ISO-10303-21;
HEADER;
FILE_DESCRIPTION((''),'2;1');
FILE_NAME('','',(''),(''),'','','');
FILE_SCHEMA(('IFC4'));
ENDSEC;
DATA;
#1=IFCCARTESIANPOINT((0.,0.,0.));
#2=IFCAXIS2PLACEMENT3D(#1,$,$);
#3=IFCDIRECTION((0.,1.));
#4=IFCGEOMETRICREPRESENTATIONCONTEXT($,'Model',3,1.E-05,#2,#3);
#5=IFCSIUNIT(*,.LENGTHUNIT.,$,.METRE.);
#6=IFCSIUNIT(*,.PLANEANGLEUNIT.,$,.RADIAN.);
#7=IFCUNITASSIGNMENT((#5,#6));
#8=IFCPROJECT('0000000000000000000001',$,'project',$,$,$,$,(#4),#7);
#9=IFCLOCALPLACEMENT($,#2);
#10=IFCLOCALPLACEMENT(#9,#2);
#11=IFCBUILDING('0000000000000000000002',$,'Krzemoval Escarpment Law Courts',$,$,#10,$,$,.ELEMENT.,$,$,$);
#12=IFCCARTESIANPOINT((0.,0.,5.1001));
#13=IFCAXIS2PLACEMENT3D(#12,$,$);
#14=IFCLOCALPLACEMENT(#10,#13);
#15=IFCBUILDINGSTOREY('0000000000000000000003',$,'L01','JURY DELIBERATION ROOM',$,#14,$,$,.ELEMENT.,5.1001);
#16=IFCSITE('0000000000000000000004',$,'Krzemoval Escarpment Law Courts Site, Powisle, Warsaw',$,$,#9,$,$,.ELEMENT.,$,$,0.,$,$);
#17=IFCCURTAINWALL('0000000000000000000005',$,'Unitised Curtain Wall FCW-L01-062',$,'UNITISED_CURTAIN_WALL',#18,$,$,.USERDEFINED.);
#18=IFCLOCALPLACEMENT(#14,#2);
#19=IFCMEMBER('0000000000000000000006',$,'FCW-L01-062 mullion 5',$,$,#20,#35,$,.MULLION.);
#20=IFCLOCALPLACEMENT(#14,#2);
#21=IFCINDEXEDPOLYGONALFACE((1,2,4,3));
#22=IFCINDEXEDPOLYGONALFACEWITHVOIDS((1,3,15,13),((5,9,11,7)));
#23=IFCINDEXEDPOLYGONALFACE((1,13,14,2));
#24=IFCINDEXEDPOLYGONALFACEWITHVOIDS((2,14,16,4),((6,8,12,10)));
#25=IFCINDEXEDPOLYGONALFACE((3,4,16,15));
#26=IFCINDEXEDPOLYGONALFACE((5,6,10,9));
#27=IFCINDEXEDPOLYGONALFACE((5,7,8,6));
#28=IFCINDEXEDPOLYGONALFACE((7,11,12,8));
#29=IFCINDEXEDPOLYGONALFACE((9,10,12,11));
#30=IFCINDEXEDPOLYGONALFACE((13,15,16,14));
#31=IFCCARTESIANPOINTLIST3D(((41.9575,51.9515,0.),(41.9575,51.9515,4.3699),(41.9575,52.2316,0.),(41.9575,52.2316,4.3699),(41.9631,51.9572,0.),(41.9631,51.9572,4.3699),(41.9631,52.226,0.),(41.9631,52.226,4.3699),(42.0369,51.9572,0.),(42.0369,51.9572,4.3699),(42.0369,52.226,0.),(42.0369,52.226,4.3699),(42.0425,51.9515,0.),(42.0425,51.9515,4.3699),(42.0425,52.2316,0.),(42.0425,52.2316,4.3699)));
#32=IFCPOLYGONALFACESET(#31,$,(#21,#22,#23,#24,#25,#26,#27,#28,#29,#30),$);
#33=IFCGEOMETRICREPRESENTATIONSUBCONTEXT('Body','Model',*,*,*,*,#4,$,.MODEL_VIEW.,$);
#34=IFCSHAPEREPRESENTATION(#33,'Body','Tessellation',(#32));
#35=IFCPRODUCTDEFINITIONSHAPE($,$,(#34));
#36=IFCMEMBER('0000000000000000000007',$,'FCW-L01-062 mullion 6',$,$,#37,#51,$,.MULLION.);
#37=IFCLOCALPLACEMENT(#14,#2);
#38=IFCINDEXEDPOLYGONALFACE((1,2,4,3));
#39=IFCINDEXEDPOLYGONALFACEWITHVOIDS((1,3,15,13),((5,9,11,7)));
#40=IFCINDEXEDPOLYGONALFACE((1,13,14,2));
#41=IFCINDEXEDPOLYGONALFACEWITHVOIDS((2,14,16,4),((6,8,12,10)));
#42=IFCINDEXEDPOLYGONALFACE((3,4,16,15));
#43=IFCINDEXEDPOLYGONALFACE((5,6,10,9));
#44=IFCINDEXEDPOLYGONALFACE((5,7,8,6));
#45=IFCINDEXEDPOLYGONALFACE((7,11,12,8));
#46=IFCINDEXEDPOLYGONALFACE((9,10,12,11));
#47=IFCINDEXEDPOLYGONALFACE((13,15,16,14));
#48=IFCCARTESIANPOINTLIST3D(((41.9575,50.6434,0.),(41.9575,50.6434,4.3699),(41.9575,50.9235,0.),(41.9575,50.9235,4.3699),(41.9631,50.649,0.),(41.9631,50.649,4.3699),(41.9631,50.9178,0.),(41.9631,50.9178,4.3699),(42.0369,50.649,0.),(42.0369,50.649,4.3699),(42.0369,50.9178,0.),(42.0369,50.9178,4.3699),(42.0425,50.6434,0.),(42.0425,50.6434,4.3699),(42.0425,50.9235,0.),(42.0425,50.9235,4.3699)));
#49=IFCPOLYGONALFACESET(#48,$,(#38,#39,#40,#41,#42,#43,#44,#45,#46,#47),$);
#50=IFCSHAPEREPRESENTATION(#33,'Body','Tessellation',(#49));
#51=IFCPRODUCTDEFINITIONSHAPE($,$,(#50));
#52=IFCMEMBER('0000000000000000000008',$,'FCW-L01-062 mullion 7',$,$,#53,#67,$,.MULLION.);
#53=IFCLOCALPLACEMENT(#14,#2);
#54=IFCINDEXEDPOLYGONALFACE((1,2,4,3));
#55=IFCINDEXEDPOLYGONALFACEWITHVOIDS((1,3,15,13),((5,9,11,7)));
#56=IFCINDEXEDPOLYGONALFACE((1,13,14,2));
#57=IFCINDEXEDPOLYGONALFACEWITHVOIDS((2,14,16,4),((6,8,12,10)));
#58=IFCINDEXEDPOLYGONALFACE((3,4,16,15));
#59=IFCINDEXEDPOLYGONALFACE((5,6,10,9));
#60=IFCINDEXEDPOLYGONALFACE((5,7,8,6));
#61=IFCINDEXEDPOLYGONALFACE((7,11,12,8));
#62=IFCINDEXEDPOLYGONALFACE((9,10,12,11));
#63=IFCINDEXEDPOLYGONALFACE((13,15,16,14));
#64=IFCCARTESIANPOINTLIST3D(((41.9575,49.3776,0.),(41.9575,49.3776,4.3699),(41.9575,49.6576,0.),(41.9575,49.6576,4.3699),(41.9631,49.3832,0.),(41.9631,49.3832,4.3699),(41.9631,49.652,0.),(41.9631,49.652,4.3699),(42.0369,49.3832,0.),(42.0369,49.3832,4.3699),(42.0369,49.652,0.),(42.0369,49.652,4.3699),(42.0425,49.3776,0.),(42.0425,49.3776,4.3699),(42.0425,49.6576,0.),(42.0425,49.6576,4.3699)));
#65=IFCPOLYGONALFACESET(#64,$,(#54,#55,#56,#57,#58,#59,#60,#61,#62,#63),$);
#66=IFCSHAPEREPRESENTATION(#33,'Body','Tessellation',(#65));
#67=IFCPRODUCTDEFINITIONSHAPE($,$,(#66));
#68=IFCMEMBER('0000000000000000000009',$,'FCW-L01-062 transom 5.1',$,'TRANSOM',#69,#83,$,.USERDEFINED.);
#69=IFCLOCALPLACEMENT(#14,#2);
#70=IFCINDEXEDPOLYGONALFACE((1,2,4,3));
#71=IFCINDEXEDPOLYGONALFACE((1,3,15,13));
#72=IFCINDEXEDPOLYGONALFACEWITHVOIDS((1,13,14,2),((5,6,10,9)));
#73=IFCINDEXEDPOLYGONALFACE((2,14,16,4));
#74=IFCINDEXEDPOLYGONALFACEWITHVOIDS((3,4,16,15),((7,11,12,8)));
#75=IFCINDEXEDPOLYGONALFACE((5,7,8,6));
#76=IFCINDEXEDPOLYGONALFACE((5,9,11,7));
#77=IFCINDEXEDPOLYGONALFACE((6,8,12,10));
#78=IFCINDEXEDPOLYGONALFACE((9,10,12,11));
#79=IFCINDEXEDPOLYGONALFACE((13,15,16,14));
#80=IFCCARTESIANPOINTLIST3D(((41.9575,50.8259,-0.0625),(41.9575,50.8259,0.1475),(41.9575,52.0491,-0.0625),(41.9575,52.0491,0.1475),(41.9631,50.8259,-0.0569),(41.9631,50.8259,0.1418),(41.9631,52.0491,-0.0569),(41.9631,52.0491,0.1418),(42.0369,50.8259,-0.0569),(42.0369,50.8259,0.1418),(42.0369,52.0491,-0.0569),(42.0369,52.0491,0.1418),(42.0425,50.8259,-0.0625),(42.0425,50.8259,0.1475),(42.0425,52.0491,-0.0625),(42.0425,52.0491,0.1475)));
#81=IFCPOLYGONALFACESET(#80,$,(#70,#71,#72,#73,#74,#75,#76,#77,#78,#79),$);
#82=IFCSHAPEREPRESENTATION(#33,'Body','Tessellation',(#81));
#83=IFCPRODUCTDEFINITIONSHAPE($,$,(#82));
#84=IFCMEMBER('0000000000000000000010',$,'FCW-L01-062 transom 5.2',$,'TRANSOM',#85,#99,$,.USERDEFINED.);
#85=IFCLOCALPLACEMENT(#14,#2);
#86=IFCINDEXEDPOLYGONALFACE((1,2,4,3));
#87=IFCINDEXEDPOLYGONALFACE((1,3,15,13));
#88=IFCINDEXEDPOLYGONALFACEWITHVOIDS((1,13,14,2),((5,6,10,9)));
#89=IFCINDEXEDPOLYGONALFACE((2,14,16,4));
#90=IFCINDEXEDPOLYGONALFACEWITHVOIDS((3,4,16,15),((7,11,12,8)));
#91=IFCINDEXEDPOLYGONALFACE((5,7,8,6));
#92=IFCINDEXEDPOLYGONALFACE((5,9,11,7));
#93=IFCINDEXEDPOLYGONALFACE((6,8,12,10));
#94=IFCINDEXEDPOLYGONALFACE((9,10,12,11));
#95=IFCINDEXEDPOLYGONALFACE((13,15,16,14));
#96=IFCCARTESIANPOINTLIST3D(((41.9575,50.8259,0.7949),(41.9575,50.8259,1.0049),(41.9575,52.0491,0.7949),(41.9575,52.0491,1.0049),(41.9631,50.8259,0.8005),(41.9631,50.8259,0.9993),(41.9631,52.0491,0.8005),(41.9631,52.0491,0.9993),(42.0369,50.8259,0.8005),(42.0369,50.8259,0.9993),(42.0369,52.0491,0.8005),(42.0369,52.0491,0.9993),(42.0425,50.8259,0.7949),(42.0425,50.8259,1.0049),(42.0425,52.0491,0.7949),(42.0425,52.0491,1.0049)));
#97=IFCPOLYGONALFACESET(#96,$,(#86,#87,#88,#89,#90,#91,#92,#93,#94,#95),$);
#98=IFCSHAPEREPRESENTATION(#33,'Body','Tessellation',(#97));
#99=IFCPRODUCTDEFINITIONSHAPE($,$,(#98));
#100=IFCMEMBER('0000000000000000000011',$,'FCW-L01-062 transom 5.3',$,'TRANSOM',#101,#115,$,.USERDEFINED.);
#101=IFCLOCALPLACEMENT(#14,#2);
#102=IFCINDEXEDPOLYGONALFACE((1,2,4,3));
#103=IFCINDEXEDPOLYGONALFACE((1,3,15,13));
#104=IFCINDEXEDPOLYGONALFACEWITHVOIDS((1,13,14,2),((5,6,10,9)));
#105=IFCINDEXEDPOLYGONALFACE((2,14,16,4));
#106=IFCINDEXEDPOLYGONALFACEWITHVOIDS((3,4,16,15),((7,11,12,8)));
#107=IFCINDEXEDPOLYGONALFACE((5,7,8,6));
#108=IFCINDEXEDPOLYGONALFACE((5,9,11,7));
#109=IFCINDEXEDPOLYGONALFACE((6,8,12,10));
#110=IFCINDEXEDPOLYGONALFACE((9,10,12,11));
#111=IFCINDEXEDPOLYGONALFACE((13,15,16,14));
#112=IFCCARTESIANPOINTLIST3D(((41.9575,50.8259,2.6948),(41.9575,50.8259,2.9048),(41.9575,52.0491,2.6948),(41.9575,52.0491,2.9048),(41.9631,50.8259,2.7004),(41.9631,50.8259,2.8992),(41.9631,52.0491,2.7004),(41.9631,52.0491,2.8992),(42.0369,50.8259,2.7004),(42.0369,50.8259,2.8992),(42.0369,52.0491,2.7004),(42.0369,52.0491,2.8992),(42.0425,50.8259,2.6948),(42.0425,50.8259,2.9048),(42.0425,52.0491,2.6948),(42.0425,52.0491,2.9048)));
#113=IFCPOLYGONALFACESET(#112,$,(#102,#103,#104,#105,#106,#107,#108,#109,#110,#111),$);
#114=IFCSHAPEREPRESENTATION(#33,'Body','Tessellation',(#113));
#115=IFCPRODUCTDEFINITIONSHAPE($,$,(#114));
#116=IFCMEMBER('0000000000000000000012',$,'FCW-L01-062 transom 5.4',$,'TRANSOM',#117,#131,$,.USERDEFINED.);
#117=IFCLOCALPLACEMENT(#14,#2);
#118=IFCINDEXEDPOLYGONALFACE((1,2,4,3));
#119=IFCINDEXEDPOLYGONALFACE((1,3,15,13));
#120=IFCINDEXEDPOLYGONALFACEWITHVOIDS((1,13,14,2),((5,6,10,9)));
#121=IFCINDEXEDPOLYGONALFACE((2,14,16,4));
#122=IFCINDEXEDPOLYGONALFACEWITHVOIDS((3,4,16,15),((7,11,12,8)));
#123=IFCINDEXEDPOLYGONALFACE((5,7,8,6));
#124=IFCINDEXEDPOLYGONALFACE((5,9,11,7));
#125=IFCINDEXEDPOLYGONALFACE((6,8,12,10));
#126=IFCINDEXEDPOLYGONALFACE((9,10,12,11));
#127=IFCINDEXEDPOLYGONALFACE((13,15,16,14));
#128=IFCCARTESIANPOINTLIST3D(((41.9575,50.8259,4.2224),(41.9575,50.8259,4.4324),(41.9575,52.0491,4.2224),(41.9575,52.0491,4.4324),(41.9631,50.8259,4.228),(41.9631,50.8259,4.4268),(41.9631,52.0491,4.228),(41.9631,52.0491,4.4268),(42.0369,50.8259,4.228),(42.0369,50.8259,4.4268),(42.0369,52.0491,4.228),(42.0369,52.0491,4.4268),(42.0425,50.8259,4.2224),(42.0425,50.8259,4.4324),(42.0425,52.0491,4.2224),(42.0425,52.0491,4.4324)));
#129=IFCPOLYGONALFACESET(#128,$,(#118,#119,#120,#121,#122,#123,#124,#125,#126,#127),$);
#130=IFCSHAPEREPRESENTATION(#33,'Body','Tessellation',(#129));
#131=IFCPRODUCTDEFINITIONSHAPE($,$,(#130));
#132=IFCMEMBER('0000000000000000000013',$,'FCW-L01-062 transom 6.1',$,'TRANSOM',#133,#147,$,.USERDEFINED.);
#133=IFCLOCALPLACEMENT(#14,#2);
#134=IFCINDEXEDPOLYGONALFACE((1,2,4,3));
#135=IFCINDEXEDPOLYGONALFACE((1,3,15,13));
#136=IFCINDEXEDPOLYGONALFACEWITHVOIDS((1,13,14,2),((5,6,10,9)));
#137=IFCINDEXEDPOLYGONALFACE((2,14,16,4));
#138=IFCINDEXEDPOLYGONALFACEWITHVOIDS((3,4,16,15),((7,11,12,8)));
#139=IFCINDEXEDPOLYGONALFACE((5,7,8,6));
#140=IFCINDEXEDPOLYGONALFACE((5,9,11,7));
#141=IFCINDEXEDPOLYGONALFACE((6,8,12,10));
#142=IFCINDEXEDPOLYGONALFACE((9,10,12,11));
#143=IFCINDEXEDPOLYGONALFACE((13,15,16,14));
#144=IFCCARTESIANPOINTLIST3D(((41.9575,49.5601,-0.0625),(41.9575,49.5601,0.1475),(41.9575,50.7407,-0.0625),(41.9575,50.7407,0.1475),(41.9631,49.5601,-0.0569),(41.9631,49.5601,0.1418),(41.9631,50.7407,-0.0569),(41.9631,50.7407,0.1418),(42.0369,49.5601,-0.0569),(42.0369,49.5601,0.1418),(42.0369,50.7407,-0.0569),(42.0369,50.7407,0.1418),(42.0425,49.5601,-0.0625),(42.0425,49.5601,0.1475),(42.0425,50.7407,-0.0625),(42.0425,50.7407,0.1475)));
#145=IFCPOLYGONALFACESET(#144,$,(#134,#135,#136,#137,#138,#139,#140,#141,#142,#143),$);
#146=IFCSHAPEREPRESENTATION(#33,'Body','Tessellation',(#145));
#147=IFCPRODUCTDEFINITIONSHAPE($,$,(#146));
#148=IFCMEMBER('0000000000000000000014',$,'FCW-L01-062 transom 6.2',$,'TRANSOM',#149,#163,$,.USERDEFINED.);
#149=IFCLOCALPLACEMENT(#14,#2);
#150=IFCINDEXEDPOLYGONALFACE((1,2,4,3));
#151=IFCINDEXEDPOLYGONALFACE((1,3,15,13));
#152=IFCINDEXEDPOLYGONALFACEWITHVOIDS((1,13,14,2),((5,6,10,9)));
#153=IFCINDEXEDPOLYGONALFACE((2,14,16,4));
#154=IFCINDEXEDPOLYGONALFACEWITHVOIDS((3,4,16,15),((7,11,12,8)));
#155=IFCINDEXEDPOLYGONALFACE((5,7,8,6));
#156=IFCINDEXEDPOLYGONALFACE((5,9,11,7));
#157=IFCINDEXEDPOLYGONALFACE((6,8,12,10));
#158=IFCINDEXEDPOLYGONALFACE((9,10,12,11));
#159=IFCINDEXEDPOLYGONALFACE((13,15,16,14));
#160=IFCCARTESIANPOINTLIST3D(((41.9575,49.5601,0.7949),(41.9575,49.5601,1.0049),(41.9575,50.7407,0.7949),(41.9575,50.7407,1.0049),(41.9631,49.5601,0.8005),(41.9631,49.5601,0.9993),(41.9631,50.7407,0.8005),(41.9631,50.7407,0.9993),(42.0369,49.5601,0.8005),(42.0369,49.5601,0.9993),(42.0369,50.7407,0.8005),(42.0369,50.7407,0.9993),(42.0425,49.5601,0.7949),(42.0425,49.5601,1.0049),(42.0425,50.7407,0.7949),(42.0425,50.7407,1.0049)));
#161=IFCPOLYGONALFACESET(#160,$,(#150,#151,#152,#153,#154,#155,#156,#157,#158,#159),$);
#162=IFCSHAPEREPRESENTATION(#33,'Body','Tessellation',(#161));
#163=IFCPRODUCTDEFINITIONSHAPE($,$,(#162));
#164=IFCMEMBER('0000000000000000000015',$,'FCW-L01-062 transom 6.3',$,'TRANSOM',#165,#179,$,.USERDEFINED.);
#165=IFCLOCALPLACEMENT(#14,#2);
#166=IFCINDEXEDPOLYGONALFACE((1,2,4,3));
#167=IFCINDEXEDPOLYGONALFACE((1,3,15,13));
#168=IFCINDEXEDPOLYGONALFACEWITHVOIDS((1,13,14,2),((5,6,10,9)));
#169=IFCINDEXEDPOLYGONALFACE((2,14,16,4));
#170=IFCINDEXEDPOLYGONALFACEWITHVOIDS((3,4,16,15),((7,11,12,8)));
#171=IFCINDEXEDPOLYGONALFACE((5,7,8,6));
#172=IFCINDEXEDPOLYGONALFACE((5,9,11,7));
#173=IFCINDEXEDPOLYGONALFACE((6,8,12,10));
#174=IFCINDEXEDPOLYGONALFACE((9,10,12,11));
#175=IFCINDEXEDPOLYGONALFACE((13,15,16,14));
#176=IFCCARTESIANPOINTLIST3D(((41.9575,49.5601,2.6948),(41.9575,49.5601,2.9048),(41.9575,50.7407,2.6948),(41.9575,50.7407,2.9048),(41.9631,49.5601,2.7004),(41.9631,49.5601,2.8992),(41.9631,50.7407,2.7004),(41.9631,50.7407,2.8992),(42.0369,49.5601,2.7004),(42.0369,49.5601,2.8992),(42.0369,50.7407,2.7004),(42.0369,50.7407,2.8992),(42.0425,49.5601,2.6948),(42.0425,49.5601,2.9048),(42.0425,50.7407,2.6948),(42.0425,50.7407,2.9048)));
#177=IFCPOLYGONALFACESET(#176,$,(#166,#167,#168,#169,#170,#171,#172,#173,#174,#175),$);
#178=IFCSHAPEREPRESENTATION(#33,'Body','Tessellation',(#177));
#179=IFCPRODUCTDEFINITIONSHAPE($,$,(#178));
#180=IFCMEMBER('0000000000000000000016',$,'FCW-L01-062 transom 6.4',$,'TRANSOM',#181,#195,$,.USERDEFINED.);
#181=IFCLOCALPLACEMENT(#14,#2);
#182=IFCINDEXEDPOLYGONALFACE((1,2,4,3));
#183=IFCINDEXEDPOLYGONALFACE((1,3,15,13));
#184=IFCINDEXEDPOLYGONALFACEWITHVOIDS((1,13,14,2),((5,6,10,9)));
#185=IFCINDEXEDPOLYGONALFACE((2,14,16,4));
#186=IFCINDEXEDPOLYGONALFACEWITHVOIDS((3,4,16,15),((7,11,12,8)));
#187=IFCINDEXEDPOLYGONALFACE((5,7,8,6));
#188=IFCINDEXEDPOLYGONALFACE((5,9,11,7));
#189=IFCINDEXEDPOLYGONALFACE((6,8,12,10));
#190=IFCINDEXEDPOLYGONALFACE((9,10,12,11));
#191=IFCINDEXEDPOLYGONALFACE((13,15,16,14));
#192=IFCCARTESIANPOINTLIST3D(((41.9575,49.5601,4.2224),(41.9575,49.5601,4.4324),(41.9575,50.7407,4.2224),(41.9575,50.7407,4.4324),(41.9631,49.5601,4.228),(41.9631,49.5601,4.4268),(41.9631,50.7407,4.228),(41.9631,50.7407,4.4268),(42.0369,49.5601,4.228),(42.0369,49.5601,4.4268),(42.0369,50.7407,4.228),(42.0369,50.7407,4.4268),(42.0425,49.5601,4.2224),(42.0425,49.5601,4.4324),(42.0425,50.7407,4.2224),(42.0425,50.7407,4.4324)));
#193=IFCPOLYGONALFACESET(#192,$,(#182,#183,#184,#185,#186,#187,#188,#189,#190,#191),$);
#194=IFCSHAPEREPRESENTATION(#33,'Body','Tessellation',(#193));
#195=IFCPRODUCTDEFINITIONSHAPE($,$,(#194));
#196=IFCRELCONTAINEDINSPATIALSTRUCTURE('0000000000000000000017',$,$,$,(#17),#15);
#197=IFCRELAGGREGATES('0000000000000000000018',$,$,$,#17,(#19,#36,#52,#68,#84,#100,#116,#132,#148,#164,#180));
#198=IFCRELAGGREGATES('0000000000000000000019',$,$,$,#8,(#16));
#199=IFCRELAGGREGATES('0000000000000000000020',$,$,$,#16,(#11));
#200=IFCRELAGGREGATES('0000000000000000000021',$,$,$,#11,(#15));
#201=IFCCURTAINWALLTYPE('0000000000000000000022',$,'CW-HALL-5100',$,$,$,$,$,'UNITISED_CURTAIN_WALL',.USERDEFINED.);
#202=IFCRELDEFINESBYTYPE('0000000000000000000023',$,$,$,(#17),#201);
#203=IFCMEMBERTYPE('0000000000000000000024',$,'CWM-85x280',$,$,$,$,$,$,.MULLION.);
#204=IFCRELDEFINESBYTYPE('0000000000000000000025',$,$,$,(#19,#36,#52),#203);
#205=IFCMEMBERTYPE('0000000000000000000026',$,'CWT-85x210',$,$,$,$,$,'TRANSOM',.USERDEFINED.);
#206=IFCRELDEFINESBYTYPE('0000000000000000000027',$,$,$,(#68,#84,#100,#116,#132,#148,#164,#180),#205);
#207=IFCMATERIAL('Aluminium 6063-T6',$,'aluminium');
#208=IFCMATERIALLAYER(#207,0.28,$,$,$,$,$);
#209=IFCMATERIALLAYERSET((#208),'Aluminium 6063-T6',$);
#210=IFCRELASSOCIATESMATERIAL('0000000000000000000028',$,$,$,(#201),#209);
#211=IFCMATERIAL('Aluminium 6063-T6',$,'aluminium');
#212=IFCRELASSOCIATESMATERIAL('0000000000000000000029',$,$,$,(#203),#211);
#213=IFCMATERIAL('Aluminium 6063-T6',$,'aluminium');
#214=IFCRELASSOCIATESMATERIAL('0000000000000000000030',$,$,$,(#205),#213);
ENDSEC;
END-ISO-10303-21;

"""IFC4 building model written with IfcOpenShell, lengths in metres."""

from ifc_helpers import new_model, si_unit, direction, frame, origin, origin_2d, place, context, subcontext, project, spatial, hollow_rectangle, extrude, material, layer, layer_set, material_profile, profile_set, type_object, element, aggregate, save


model = new_model("IFC4")

# Units and contexts
model_context = context("Model", 3, precision=1e-05, world=origin(), true_north=direction((0.0, 1.0)))
body_context = subcontext(model_context, "Body", "Model", "MODEL_VIEW")
ifc_project = project(units=[si_unit("LENGTHUNIT", "METRE"), si_unit("PLANEANGLEUNIT", "RADIAN")], contexts=[model_context])

# Site, building, storey
site_placement = place(None, origin())
site = spatial("IfcSite", under=ifc_project, at=site_placement, Name="Krzemoval Escarpment Law Courts Site, Powisle, Warsaw", CompositionType="ELEMENT", RefElevation=0.0)
building_placement = place(site_placement, origin())
building = spatial("IfcBuilding", under=site, at=building_placement, Name="Krzemoval Escarpment Law Courts", CompositionType="ELEMENT")
storey_placement = place(building_placement, frame((0.0, 0.0, 5.1001)))
storey = spatial("IfcBuildingStorey", under=building, at=storey_placement, Name="L01", Description="JURY DELIBERATION ROOM", CompositionType="ELEMENT", Elevation=5.1001)

# Curtain wall, members
ifc_material_1 = material(Name="Aluminium 6063-T6", Category="aluminium")
ifc_layer_1 = layer(ifc_material_1, 0.28)
ifc_layer_set_1 = layer_set([ifc_layer_1], Name="Aluminium 6063-T6")
curtain_wall_type = type_object("IfcCurtainWallType", Name="CW-HALL-5100", ElementType="UNITISED_CURTAIN_WALL", PredefinedType="USERDEFINED", material=ifc_layer_set_1)
curtain_wall_placement = place(storey_placement, origin())
curtain_wall = element("IfcCurtainWall", 1, at=curtain_wall_placement, inside=storey, type_object=curtain_wall_type, Name="Unitised Curtain Wall FCW-L01-062", ObjectType="UNITISED_CURTAIN_WALL", PredefinedType="USERDEFINED")
ifc_material_2 = material(Name="Aluminium 6063-T6", Category="aluminium")
ifc_material_profile_1 = material_profile(ifc_material_2, hollow_rectangle(XDim=0.085, YDim=0.28, WallThickness=0.0056, at=origin_2d()), Name="ALU M85x280")
ifc_profile_set_1 = profile_set([ifc_material_profile_1], Name="Aluminium 6063-T6")
member_type_1 = type_object("IfcMemberType", Name="CWM-85x280", PredefinedType="MULLION", material=ifc_profile_set_1)
member_1_placement = place(storey_placement, frame((42.0, 52.0916, 0.0), z_axis=(0.0, 0.0, 1.0), x_axis=(1.0, 0.0, 0.0)))
member_1 = element("IfcMember", 2, at=member_1_placement, type_object=member_type_1, Name="FCW-L01-062 mullion 5", PredefinedType="MULLION", context=body_context, shape_type="SweptSolid", body=[
    extrude(hollow_rectangle(XDim=0.085, YDim=0.28, WallThickness=0.0056, at=origin_2d()), origin(), (0.0, 0.0, 1.0), 4.3699),
])
member_2_placement = place(storey_placement, frame((42.0, 50.7834, 0.0), z_axis=(0.0, 0.0, 1.0), x_axis=(1.0, 0.0, 0.0)))
member_2 = element("IfcMember", 3, at=member_2_placement, type_object=member_type_1, Name="FCW-L01-062 mullion 6", PredefinedType="MULLION", context=body_context, shape_type="SweptSolid", body=[
    extrude(hollow_rectangle(XDim=0.085, YDim=0.28, WallThickness=0.0056, at=origin_2d()), origin(), (0.0, 0.0, 1.0), 4.3699),
])
member_3_placement = place(storey_placement, frame((42.0, 49.5176, 0.0), z_axis=(0.0, 0.0, 1.0), x_axis=(1.0, 0.0, 0.0)))
member_3 = element("IfcMember", 4, at=member_3_placement, type_object=member_type_1, Name="FCW-L01-062 mullion 7", PredefinedType="MULLION", context=body_context, shape_type="SweptSolid", body=[
    extrude(hollow_rectangle(XDim=0.085, YDim=0.28, WallThickness=0.0056, at=origin_2d()), origin(), (0.0, 0.0, 1.0), 4.3699),
])
ifc_material_3 = material(Name="Aluminium 6063-T6", Category="aluminium")
ifc_material_profile_2 = material_profile(ifc_material_3, hollow_rectangle(XDim=0.085, YDim=0.21, WallThickness=0.0056, at=origin_2d()), Name="ALU T85x210")
ifc_profile_set_2 = profile_set([ifc_material_profile_2], Name="Aluminium 6063-T6")
member_type_2 = type_object("IfcMemberType", Name="CWT-85x210", ElementType="TRANSOM", PredefinedType="USERDEFINED", material=ifc_profile_set_2)
member_4_placement = place(storey_placement, frame((42.0, 52.0491, 0.0425), z_axis=(0.0, -1.0, 0.0), x_axis=(1.0, 0.0, 0.0)))
member_4 = element("IfcMember", 5, at=member_4_placement, type_object=member_type_2, Name="FCW-L01-062 transom 5.1", ObjectType="TRANSOM", PredefinedType="USERDEFINED", context=body_context, shape_type="SweptSolid", body=[
    extrude(hollow_rectangle(XDim=0.085, YDim=0.21, WallThickness=0.0056, at=origin_2d()), origin(), (0.0, 0.0, 1.0), 1.2231),
])
member_5_placement = place(storey_placement, frame((42.0, 52.0491, 0.8999), z_axis=(0.0, -1.0, 0.0), x_axis=(1.0, 0.0, 0.0)))
member_5 = element("IfcMember", 6, at=member_5_placement, type_object=member_type_2, Name="FCW-L01-062 transom 5.2", ObjectType="TRANSOM", PredefinedType="USERDEFINED", context=body_context, shape_type="SweptSolid", body=[
    extrude(hollow_rectangle(XDim=0.085, YDim=0.21, WallThickness=0.0056, at=origin_2d()), origin(), (0.0, 0.0, 1.0), 1.2231),
])
member_6_placement = place(storey_placement, frame((42.0, 52.0491, 2.7998), z_axis=(0.0, -1.0, 0.0), x_axis=(1.0, 0.0, 0.0)))
member_6 = element("IfcMember", 7, at=member_6_placement, type_object=member_type_2, Name="FCW-L01-062 transom 5.3", ObjectType="TRANSOM", PredefinedType="USERDEFINED", context=body_context, shape_type="SweptSolid", body=[
    extrude(hollow_rectangle(XDim=0.085, YDim=0.21, WallThickness=0.0056, at=origin_2d()), origin(), (0.0, 0.0, 1.0), 1.2231),
])
member_7_placement = place(storey_placement, frame((42.0, 52.0491, 4.3274), z_axis=(0.0, -1.0, 0.0), x_axis=(1.0, 0.0, 0.0)))
member_7 = element("IfcMember", 8, at=member_7_placement, type_object=member_type_2, Name="FCW-L01-062 transom 5.4", ObjectType="TRANSOM", PredefinedType="USERDEFINED", context=body_context, shape_type="SweptSolid", body=[
    extrude(hollow_rectangle(XDim=0.085, YDim=0.21, WallThickness=0.0056, at=origin_2d()), origin(), (0.0, 0.0, 1.0), 1.2231),
])
member_8_placement = place(storey_placement, frame((42.0, 50.7407, 0.0425), z_axis=(0.0, -1.0, 0.0), x_axis=(1.0, 0.0, 0.0)))
member_8 = element("IfcMember", 9, at=member_8_placement, type_object=member_type_2, Name="FCW-L01-062 transom 6.1", ObjectType="TRANSOM", PredefinedType="USERDEFINED", context=body_context, shape_type="SweptSolid", body=[
    extrude(hollow_rectangle(XDim=0.085, YDim=0.21, WallThickness=0.0056, at=origin_2d()), origin(), (0.0, 0.0, 1.0), 1.1807),
])
member_9_placement = place(storey_placement, frame((42.0, 50.7407, 0.8999), z_axis=(0.0, -1.0, 0.0), x_axis=(1.0, 0.0, 0.0)))
member_9 = element("IfcMember", 10, at=member_9_placement, type_object=member_type_2, Name="FCW-L01-062 transom 6.2", ObjectType="TRANSOM", PredefinedType="USERDEFINED", context=body_context, shape_type="SweptSolid", body=[
    extrude(hollow_rectangle(XDim=0.085, YDim=0.21, WallThickness=0.0056, at=origin_2d()), origin(), (0.0, 0.0, 1.0), 1.1807),
])
member_10_placement = place(storey_placement, frame((42.0, 50.7407, 2.7998), z_axis=(0.0, -1.0, 0.0), x_axis=(1.0, 0.0, 0.0)))
member_10 = element("IfcMember", 11, at=member_10_placement, type_object=member_type_2, Name="FCW-L01-062 transom 6.3", ObjectType="TRANSOM", PredefinedType="USERDEFINED", context=body_context, shape_type="SweptSolid", body=[
    extrude(hollow_rectangle(XDim=0.085, YDim=0.21, WallThickness=0.0056, at=origin_2d()), origin(), (0.0, 0.0, 1.0), 1.1807),
])
member_11_placement = place(storey_placement, frame((42.0, 50.7407, 4.3274), z_axis=(0.0, -1.0, 0.0), x_axis=(1.0, 0.0, 0.0)))
member_11 = element("IfcMember", 12, at=member_11_placement, type_object=member_type_2, Name="FCW-L01-062 transom 6.4", ObjectType="TRANSOM", PredefinedType="USERDEFINED", context=body_context, shape_type="SweptSolid", body=[
    extrude(hollow_rectangle(XDim=0.085, YDim=0.21, WallThickness=0.0056, at=origin_2d()), origin(), (0.0, 0.0, 1.0), 1.1807),
])

aggregate(curtain_wall, [member_1, member_2, member_3, member_4, member_5, member_6, member_7, member_8, member_9, member_10, member_11])

save(model, "model.ifc")
